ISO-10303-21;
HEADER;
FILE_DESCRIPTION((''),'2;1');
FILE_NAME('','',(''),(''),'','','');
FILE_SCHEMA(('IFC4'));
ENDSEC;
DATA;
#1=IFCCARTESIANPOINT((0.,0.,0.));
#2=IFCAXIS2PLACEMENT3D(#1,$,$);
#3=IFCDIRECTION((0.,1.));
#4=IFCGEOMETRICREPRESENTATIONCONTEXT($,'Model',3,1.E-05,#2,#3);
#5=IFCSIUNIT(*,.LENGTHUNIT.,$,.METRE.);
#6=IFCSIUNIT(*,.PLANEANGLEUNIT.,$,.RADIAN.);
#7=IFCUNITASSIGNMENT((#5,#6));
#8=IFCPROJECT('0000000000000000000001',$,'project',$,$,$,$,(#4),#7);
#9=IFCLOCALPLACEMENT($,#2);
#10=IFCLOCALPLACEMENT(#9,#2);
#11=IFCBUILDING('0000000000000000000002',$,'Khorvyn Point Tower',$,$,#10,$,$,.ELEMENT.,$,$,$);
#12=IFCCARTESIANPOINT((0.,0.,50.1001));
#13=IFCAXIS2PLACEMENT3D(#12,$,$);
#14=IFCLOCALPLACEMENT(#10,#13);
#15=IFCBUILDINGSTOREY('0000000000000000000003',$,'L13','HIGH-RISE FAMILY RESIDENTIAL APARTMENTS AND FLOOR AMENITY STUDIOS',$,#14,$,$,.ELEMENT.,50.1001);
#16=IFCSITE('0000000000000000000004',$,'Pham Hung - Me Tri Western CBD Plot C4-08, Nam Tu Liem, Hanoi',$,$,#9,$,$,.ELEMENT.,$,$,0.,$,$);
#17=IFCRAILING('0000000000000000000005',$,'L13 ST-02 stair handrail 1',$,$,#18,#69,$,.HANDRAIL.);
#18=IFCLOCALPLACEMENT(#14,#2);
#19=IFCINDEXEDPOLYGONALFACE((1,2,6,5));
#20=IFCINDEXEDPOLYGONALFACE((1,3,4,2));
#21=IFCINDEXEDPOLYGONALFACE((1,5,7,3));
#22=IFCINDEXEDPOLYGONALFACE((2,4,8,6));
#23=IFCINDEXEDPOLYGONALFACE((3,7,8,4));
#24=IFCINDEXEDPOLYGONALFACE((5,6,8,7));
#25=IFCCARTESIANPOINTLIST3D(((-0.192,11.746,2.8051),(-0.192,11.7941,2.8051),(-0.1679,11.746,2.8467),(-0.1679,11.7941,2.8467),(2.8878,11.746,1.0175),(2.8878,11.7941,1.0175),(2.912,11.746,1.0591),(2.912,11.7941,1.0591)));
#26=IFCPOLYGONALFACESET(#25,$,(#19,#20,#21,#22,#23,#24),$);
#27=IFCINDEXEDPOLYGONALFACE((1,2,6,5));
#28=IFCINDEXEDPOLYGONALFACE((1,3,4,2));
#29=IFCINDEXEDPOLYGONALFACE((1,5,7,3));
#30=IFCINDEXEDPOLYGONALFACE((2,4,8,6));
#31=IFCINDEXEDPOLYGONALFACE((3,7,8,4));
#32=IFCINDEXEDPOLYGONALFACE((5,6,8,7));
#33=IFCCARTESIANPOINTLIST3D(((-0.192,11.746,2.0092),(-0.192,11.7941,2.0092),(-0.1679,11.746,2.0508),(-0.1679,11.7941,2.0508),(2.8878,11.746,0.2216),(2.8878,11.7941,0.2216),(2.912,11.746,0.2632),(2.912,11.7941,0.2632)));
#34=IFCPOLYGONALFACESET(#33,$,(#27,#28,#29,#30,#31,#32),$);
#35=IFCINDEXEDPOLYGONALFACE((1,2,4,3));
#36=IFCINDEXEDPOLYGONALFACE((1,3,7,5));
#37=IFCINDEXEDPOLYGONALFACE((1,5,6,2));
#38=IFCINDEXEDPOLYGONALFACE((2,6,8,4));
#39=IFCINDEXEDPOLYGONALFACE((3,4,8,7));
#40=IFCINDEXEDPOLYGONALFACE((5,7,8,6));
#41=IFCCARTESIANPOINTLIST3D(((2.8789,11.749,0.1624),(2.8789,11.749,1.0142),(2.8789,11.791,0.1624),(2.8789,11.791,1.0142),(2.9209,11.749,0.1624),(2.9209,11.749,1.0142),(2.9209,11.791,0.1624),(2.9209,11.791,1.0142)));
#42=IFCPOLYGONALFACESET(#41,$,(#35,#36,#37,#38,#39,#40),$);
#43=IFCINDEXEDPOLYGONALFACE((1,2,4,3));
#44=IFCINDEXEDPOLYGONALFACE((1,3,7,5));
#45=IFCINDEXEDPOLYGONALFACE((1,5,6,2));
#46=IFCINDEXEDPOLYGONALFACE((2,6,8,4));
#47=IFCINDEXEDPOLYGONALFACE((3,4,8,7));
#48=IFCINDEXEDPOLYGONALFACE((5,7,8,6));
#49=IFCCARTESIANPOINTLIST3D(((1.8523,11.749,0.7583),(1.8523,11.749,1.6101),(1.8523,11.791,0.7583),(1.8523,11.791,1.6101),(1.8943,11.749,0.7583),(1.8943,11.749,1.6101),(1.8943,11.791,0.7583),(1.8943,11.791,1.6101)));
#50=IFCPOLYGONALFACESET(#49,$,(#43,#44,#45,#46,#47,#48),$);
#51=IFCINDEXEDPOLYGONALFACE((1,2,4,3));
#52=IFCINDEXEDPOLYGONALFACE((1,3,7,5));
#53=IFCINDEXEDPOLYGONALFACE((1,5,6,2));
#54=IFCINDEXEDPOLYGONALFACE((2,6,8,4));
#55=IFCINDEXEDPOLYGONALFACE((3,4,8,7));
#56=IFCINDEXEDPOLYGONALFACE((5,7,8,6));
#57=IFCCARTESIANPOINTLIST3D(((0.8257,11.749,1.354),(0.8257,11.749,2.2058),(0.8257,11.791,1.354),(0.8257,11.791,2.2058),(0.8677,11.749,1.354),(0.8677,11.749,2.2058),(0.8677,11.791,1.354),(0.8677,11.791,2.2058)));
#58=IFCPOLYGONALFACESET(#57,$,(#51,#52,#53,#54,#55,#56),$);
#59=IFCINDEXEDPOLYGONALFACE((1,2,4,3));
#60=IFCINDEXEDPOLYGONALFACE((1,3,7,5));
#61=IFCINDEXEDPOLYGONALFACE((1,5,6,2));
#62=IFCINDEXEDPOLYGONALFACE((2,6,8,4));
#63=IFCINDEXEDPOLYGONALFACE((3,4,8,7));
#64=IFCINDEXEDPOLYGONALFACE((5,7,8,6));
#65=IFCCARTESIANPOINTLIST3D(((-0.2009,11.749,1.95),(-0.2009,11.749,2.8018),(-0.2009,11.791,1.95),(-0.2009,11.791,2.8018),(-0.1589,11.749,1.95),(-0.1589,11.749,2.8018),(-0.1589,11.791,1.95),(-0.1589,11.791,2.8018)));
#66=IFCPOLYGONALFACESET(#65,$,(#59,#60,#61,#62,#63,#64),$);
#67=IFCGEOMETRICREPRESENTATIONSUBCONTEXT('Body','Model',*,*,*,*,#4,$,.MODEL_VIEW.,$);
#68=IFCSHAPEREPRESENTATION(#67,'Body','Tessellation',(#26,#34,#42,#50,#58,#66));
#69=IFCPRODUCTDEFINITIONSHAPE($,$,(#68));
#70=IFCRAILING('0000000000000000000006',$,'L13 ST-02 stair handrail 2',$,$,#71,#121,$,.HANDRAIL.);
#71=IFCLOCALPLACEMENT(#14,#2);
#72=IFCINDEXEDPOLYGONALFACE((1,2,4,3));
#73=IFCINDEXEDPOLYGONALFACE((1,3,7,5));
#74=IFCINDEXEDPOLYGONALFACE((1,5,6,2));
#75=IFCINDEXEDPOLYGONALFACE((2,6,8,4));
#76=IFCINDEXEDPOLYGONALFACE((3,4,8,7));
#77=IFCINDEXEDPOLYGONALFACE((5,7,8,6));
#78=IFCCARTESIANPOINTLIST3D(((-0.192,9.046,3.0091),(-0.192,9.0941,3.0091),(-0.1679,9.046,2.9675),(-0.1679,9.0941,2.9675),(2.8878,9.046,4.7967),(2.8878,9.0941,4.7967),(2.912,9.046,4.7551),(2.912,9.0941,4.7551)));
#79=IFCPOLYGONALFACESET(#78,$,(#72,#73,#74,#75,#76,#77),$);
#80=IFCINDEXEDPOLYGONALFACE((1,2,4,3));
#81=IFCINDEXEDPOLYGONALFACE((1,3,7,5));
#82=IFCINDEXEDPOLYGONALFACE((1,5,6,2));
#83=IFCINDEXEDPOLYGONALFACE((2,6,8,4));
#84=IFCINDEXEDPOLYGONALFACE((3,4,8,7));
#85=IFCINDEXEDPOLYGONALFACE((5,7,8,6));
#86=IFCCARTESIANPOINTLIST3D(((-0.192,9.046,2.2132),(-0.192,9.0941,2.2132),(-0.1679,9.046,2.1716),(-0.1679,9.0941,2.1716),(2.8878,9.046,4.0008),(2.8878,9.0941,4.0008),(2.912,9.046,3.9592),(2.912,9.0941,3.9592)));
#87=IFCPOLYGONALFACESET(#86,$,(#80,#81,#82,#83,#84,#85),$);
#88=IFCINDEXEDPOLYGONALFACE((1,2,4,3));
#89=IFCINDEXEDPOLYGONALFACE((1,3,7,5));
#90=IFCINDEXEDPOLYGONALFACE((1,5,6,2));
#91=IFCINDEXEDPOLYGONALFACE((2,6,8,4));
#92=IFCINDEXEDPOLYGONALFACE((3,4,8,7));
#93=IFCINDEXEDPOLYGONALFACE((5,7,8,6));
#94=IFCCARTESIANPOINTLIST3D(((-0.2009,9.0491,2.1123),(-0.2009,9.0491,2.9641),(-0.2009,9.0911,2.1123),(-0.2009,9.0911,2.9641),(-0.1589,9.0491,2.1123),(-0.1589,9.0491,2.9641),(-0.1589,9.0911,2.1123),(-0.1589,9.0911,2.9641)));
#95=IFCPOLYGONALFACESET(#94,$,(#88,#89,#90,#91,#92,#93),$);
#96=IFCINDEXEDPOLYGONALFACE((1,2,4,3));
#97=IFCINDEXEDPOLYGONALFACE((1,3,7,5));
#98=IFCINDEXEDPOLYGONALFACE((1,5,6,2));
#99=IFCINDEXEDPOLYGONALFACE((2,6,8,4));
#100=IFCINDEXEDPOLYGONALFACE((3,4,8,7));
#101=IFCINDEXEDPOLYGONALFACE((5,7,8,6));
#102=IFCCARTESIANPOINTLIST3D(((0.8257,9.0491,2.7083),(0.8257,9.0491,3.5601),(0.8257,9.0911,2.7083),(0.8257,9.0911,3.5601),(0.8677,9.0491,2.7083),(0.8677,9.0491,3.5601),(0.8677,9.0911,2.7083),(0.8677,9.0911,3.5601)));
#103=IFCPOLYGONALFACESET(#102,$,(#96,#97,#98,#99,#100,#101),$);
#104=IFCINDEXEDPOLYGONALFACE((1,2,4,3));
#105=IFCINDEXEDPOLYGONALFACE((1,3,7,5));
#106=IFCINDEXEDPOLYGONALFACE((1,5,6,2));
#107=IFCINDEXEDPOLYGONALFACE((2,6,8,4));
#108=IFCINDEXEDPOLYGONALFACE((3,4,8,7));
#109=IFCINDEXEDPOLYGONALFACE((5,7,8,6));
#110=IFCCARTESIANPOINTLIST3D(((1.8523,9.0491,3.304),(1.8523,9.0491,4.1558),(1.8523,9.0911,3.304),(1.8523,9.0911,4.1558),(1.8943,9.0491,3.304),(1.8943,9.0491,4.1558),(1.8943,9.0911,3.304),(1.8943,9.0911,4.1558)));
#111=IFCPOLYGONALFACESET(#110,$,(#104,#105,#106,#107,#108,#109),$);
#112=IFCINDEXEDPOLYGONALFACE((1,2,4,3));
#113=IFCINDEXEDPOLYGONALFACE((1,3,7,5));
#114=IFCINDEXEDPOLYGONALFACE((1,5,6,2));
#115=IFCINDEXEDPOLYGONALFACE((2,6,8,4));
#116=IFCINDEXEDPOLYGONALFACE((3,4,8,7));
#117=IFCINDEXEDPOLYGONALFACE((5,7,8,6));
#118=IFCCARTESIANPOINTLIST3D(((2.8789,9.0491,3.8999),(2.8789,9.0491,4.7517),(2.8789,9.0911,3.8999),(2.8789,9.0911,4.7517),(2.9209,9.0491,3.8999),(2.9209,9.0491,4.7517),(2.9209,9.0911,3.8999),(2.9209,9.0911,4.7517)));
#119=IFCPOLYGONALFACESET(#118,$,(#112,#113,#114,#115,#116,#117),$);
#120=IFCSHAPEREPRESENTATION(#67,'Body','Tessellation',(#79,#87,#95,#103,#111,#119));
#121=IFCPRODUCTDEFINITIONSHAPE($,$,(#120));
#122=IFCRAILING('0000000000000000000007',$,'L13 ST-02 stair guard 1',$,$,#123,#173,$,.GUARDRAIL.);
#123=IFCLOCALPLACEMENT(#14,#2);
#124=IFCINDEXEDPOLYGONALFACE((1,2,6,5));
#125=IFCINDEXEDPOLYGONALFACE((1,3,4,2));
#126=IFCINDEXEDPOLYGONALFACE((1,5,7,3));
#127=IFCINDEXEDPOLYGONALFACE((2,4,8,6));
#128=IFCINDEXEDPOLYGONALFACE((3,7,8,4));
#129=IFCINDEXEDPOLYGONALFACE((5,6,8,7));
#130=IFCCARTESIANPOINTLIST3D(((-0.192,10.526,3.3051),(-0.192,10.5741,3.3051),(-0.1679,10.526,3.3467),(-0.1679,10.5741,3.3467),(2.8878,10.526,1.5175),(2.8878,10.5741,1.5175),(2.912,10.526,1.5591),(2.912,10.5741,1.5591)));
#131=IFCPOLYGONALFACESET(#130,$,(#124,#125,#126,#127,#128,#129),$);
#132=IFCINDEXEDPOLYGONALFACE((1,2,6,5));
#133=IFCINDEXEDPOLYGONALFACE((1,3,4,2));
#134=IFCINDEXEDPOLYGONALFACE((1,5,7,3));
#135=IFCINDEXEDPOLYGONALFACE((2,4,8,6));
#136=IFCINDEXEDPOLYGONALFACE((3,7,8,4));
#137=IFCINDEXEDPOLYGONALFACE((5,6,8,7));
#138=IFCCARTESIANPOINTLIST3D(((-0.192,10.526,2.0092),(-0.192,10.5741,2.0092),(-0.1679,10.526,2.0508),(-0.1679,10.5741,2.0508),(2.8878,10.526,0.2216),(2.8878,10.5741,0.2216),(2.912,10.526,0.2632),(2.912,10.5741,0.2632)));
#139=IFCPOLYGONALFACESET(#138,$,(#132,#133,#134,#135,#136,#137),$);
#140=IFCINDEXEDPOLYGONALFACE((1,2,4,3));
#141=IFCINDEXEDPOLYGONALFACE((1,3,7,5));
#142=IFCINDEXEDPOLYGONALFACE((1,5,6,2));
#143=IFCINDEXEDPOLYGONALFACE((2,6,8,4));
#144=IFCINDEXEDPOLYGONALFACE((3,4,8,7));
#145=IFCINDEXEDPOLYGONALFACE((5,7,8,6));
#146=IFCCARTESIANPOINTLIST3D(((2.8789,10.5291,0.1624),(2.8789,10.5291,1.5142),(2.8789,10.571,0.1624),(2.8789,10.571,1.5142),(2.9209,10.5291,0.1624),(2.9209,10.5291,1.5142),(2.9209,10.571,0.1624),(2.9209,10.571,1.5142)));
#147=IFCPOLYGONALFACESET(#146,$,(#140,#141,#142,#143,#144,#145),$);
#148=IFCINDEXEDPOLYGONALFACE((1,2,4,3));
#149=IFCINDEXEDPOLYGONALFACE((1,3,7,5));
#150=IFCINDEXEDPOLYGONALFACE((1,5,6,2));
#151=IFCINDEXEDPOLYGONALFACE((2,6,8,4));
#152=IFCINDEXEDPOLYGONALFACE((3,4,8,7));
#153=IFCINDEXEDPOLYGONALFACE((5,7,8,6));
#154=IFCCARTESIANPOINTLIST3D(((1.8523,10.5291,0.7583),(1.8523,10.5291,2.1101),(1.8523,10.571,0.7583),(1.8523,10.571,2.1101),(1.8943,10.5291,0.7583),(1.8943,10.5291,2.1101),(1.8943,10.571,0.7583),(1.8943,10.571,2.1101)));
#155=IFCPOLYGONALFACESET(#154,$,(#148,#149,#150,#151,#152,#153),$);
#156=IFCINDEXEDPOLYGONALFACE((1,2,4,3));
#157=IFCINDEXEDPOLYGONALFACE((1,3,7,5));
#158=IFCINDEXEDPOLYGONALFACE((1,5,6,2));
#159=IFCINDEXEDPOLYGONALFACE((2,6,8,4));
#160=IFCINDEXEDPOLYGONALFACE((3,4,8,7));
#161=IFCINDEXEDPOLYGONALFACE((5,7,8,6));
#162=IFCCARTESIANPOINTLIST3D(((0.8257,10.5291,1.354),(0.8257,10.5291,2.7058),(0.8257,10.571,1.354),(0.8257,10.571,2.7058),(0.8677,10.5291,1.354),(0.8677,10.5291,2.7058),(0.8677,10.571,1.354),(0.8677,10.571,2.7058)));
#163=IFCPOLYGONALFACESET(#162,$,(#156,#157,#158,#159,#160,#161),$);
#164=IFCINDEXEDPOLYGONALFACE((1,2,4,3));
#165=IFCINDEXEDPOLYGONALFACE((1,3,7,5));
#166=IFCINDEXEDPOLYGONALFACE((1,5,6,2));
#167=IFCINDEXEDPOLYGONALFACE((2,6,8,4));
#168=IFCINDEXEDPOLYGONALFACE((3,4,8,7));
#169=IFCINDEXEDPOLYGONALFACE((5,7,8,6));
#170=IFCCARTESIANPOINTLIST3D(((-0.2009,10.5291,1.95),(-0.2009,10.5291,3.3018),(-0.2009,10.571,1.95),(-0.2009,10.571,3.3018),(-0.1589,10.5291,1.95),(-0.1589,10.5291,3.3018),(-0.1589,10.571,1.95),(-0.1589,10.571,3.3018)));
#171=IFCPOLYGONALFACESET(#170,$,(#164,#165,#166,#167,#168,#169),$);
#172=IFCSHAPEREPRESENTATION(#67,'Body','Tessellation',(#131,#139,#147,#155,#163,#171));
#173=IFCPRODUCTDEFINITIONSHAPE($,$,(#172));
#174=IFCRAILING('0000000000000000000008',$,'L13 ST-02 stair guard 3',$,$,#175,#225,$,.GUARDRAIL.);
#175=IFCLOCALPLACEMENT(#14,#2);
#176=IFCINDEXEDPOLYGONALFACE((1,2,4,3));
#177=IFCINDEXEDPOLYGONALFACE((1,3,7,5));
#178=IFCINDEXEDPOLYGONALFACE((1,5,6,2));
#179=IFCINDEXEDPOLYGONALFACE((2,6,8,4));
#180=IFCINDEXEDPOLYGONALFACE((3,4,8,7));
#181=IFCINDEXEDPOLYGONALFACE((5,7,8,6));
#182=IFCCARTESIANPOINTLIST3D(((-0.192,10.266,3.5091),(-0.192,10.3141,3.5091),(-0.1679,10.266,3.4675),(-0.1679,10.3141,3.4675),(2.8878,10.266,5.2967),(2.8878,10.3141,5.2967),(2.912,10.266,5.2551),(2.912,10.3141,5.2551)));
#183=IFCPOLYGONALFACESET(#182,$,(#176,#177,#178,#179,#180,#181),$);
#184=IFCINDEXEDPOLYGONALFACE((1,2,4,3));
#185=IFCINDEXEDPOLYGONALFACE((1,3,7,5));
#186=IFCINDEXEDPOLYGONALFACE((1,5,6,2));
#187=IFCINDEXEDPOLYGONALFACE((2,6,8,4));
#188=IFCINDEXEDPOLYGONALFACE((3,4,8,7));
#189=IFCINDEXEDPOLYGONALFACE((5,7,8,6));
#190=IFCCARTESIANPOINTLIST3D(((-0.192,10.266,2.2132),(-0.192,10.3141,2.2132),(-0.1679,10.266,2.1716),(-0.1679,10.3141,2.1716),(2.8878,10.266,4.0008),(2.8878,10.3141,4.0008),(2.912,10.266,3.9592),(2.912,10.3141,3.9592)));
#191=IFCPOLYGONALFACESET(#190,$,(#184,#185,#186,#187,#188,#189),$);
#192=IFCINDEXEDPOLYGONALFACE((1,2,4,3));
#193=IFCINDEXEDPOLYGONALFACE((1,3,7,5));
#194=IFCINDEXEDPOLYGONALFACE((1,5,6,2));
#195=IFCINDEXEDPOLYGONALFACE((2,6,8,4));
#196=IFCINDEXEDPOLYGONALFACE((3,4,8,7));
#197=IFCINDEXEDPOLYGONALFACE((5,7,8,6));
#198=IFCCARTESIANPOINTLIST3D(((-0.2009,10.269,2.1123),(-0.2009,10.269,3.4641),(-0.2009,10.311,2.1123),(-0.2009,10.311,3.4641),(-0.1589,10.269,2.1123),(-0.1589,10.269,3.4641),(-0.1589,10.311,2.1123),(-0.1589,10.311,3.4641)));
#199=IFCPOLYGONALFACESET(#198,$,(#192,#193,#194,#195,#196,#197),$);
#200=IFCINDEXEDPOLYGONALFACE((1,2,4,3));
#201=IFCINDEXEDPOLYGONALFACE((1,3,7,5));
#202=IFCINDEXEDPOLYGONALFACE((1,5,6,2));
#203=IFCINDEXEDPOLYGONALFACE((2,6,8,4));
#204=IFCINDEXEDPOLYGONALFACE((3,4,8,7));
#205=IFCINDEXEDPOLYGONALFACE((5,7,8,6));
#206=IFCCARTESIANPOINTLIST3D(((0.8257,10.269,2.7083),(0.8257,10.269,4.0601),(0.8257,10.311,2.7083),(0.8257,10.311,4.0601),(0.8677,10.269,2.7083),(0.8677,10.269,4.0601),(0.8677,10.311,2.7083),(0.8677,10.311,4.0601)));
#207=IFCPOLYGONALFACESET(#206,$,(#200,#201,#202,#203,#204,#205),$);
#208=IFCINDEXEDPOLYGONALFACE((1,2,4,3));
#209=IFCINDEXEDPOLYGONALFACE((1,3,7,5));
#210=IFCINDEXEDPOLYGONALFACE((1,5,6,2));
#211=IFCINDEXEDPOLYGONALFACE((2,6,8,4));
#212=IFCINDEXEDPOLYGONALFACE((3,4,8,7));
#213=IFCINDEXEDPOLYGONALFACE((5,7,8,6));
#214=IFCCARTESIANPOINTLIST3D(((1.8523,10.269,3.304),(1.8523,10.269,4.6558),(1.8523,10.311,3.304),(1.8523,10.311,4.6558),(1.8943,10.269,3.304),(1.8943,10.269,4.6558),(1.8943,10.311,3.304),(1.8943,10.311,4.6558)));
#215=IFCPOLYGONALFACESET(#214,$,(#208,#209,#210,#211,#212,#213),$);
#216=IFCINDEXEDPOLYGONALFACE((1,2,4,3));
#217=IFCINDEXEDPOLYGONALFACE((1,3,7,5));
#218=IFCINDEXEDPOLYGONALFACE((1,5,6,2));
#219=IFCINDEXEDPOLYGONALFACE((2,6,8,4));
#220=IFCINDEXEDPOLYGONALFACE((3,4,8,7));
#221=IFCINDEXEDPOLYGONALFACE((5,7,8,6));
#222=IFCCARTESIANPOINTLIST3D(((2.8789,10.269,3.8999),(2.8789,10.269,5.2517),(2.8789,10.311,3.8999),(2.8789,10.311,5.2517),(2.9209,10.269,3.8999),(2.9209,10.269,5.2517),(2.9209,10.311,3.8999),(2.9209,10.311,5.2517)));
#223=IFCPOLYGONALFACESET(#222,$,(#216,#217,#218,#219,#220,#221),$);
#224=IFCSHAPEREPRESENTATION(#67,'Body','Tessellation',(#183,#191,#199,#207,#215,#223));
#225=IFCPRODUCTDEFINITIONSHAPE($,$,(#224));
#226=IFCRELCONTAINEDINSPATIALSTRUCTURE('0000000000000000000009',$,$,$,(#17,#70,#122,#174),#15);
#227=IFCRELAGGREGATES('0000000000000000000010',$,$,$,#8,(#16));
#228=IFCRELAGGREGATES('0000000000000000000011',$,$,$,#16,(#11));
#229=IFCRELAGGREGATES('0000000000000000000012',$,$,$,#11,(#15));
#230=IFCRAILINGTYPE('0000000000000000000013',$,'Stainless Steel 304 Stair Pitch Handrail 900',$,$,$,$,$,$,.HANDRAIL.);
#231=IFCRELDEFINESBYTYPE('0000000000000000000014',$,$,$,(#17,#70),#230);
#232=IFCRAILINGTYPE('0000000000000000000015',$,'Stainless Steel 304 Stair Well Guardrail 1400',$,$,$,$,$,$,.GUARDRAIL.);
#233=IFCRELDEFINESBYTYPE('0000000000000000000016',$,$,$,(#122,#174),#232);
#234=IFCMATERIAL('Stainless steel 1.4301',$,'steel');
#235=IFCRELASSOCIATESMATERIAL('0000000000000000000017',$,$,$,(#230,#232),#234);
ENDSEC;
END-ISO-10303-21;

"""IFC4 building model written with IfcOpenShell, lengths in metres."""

from ifc_helpers import new_model, si_unit, direction, frame, origin, origin_2d, place, context, subcontext, project, spatial, rectangle, extrude, material, type_object, element, save


model = new_model("IFC4")

# Units and contexts
model_context = context("Model", 3, precision=1e-05, world=origin(), true_north=direction((0.0, 1.0)))
body_context = subcontext(model_context, "Body", "Model", "MODEL_VIEW")
ifc_project = project(units=[si_unit("LENGTHUNIT", "METRE"), si_unit("PLANEANGLEUNIT", "RADIAN")], contexts=[model_context])

# Site, building, storey
site_placement = place(None, origin())
site = spatial("IfcSite", under=ifc_project, at=site_placement, Name="Pham Hung - Me Tri Western CBD Plot C4-08, Nam Tu Liem, Hanoi", CompositionType="ELEMENT", RefElevation=0.0)
building_placement = place(site_placement, origin())
building = spatial("IfcBuilding", under=site, at=building_placement, Name="Khorvyn Point Tower", CompositionType="ELEMENT")
storey_placement = place(building_placement, frame((0.0, 0.0, 50.1001)))
storey = spatial("IfcBuildingStorey", under=building, at=storey_placement, Name="L13", Description="HIGH-RISE FAMILY RESIDENTIAL APARTMENTS AND FLOOR AMENITY STUDIOS", CompositionType="ELEMENT", Elevation=50.1001)

# Shared definitions
ifc_material_1 = material(Name="Stainless steel 1.4301", Category="steel")

# Railings
railing_type_1 = type_object("IfcRailingType", Name="Stainless Steel 304 Stair Pitch Handrail 900", PredefinedType="HANDRAIL", material=ifc_material_1)
railing_1_placement = place(storey_placement, frame((2.8999, 11.77, 0.1624)))
element("IfcRailing", 1, at=railing_1_placement, inside=storey, type_object=railing_type_1, Name="L13 ST-02 stair handrail 1", PredefinedType="HANDRAIL", context=body_context, shape_type="SweptSolid", body=[
    extrude(rectangle(XDim=0.0481, YDim=0.0481, at=origin_2d()), frame((0.0, 0.0, 0.876), z_axis=(-0.864873, 0.0, 0.50199), x_axis=(0.0, -1.0, 0.0)), (0.0, 0.0, 1.0), 3.561),
    extrude(rectangle(XDim=0.0481, YDim=0.0481, at=origin_2d()), frame((0.0, 0.0, 0.0801), z_axis=(-0.864873, 0.0, 0.50199), x_axis=(0.0, -1.0, 0.0)), (0.0, 0.0, 1.0), 3.561),
    extrude(rectangle(XDim=0.042, YDim=0.042, at=origin_2d()), origin(), (0.0, 0.0, 1.0), 0.8518),
    extrude(rectangle(XDim=0.042, YDim=0.042, at=origin_2d()), frame((-1.0266, 0.0, 0.5959)), (0.0, 0.0, 1.0), 0.8518),
    extrude(rectangle(XDim=0.042, YDim=0.042, at=origin_2d()), frame((-2.0532, 0.0, 1.1917)), (0.0, 0.0, 1.0), 0.8518),
    extrude(rectangle(XDim=0.042, YDim=0.042, at=origin_2d()), frame((-3.0798, 0.0, 1.7876)), (0.0, 0.0, 1.0), 0.8518),
])
railing_2_placement = place(storey_placement, frame((-0.1799, 9.0701, 2.1123)))
element("IfcRailing", 2, at=railing_2_placement, inside=storey, type_object=railing_type_1, Name="L13 ST-02 stair handrail 2", PredefinedType="HANDRAIL", context=body_context, shape_type="SweptSolid", body=[
    extrude(rectangle(XDim=0.0481, YDim=0.0481, at=origin_2d()), frame((0.0, 0.0, 0.876), z_axis=(0.864873, 0.0, 0.50199), x_axis=(0.0, 1.0, 0.0)), (0.0, 0.0, 1.0), 3.561),
    extrude(rectangle(XDim=0.0481, YDim=0.0481, at=origin_2d()), frame((0.0, 0.0, 0.0801), z_axis=(0.864873, 0.0, 0.50199), x_axis=(0.0, 1.0, 0.0)), (0.0, 0.0, 1.0), 3.561),
    extrude(rectangle(XDim=0.042, YDim=0.042, at=origin_2d()), origin(), (0.0, 0.0, 1.0), 0.8518),
    extrude(rectangle(XDim=0.042, YDim=0.042, at=origin_2d()), frame((1.0266, 0.0, 0.5959)), (0.0, 0.0, 1.0), 0.8518),
    extrude(rectangle(XDim=0.042, YDim=0.042, at=origin_2d()), frame((2.0532, 0.0, 1.1917)), (0.0, 0.0, 1.0), 0.8518),
    extrude(rectangle(XDim=0.042, YDim=0.042, at=origin_2d()), frame((3.0798, 0.0, 1.7876)), (0.0, 0.0, 1.0), 0.8518),
])
railing_type_2 = type_object("IfcRailingType", Name="Stainless Steel 304 Stair Well Guardrail 1400", PredefinedType="GUARDRAIL", material=ifc_material_1)
railing_3_placement = place(storey_placement, frame((2.8999, 10.55, 0.1624)))
element("IfcRailing", 3, at=railing_3_placement, inside=storey, type_object=railing_type_2, Name="L13 ST-02 stair guard 1", PredefinedType="GUARDRAIL", context=body_context, shape_type="SweptSolid", body=[
    extrude(rectangle(XDim=0.0481, YDim=0.0481, at=origin_2d()), frame((0.0, 0.0, 1.376), z_axis=(-0.864873, 0.0, 0.50199), x_axis=(0.0, -1.0, 0.0)), (0.0, 0.0, 1.0), 3.561),
    extrude(rectangle(XDim=0.0481, YDim=0.0481, at=origin_2d()), frame((0.0, 0.0, 0.0801), z_axis=(-0.864873, 0.0, 0.50199), x_axis=(0.0, -1.0, 0.0)), (0.0, 0.0, 1.0), 3.561),
    extrude(rectangle(XDim=0.042, YDim=0.042, at=origin_2d()), origin(), (0.0, 0.0, 1.0), 1.3518),
    extrude(rectangle(XDim=0.042, YDim=0.042, at=origin_2d()), frame((-1.0266, 0.0, 0.5959)), (0.0, 0.0, 1.0), 1.3518),
    extrude(rectangle(XDim=0.042, YDim=0.042, at=origin_2d()), frame((-2.0532, 0.0, 1.1917)), (0.0, 0.0, 1.0), 1.3518),
    extrude(rectangle(XDim=0.042, YDim=0.042, at=origin_2d()), frame((-3.0798, 0.0, 1.7876)), (0.0, 0.0, 1.0), 1.3518),
])
railing_4_placement = place(storey_placement, frame((-0.1799, 10.29, 2.1123)))
element("IfcRailing", 4, at=railing_4_placement, inside=storey, type_object=railing_type_2, Name="L13 ST-02 stair guard 3", PredefinedType="GUARDRAIL", context=body_context, shape_type="SweptSolid", body=[
    extrude(rectangle(XDim=0.0481, YDim=0.0481, at=origin_2d()), frame((0.0, 0.0, 1.376), z_axis=(0.864873, 0.0, 0.50199), x_axis=(0.0, 1.0, 0.0)), (0.0, 0.0, 1.0), 3.561),
    extrude(rectangle(XDim=0.0481, YDim=0.0481, at=origin_2d()), frame((0.0, 0.0, 0.0801), z_axis=(0.864873, 0.0, 0.50199), x_axis=(0.0, 1.0, 0.0)), (0.0, 0.0, 1.0), 3.561),
    extrude(rectangle(XDim=0.042, YDim=0.042, at=origin_2d()), origin(), (0.0, 0.0, 1.0), 1.3518),
    extrude(rectangle(XDim=0.042, YDim=0.042, at=origin_2d()), frame((1.0266, 0.0, 0.5959)), (0.0, 0.0, 1.0), 1.3518),
    extrude(rectangle(XDim=0.042, YDim=0.042, at=origin_2d()), frame((2.0532, 0.0, 1.1917)), (0.0, 0.0, 1.0), 1.3518),
    extrude(rectangle(XDim=0.042, YDim=0.042, at=origin_2d()), frame((3.0798, 0.0, 1.7876)), (0.0, 0.0, 1.0), 1.3518),
])

save(model, "model.ifc")
